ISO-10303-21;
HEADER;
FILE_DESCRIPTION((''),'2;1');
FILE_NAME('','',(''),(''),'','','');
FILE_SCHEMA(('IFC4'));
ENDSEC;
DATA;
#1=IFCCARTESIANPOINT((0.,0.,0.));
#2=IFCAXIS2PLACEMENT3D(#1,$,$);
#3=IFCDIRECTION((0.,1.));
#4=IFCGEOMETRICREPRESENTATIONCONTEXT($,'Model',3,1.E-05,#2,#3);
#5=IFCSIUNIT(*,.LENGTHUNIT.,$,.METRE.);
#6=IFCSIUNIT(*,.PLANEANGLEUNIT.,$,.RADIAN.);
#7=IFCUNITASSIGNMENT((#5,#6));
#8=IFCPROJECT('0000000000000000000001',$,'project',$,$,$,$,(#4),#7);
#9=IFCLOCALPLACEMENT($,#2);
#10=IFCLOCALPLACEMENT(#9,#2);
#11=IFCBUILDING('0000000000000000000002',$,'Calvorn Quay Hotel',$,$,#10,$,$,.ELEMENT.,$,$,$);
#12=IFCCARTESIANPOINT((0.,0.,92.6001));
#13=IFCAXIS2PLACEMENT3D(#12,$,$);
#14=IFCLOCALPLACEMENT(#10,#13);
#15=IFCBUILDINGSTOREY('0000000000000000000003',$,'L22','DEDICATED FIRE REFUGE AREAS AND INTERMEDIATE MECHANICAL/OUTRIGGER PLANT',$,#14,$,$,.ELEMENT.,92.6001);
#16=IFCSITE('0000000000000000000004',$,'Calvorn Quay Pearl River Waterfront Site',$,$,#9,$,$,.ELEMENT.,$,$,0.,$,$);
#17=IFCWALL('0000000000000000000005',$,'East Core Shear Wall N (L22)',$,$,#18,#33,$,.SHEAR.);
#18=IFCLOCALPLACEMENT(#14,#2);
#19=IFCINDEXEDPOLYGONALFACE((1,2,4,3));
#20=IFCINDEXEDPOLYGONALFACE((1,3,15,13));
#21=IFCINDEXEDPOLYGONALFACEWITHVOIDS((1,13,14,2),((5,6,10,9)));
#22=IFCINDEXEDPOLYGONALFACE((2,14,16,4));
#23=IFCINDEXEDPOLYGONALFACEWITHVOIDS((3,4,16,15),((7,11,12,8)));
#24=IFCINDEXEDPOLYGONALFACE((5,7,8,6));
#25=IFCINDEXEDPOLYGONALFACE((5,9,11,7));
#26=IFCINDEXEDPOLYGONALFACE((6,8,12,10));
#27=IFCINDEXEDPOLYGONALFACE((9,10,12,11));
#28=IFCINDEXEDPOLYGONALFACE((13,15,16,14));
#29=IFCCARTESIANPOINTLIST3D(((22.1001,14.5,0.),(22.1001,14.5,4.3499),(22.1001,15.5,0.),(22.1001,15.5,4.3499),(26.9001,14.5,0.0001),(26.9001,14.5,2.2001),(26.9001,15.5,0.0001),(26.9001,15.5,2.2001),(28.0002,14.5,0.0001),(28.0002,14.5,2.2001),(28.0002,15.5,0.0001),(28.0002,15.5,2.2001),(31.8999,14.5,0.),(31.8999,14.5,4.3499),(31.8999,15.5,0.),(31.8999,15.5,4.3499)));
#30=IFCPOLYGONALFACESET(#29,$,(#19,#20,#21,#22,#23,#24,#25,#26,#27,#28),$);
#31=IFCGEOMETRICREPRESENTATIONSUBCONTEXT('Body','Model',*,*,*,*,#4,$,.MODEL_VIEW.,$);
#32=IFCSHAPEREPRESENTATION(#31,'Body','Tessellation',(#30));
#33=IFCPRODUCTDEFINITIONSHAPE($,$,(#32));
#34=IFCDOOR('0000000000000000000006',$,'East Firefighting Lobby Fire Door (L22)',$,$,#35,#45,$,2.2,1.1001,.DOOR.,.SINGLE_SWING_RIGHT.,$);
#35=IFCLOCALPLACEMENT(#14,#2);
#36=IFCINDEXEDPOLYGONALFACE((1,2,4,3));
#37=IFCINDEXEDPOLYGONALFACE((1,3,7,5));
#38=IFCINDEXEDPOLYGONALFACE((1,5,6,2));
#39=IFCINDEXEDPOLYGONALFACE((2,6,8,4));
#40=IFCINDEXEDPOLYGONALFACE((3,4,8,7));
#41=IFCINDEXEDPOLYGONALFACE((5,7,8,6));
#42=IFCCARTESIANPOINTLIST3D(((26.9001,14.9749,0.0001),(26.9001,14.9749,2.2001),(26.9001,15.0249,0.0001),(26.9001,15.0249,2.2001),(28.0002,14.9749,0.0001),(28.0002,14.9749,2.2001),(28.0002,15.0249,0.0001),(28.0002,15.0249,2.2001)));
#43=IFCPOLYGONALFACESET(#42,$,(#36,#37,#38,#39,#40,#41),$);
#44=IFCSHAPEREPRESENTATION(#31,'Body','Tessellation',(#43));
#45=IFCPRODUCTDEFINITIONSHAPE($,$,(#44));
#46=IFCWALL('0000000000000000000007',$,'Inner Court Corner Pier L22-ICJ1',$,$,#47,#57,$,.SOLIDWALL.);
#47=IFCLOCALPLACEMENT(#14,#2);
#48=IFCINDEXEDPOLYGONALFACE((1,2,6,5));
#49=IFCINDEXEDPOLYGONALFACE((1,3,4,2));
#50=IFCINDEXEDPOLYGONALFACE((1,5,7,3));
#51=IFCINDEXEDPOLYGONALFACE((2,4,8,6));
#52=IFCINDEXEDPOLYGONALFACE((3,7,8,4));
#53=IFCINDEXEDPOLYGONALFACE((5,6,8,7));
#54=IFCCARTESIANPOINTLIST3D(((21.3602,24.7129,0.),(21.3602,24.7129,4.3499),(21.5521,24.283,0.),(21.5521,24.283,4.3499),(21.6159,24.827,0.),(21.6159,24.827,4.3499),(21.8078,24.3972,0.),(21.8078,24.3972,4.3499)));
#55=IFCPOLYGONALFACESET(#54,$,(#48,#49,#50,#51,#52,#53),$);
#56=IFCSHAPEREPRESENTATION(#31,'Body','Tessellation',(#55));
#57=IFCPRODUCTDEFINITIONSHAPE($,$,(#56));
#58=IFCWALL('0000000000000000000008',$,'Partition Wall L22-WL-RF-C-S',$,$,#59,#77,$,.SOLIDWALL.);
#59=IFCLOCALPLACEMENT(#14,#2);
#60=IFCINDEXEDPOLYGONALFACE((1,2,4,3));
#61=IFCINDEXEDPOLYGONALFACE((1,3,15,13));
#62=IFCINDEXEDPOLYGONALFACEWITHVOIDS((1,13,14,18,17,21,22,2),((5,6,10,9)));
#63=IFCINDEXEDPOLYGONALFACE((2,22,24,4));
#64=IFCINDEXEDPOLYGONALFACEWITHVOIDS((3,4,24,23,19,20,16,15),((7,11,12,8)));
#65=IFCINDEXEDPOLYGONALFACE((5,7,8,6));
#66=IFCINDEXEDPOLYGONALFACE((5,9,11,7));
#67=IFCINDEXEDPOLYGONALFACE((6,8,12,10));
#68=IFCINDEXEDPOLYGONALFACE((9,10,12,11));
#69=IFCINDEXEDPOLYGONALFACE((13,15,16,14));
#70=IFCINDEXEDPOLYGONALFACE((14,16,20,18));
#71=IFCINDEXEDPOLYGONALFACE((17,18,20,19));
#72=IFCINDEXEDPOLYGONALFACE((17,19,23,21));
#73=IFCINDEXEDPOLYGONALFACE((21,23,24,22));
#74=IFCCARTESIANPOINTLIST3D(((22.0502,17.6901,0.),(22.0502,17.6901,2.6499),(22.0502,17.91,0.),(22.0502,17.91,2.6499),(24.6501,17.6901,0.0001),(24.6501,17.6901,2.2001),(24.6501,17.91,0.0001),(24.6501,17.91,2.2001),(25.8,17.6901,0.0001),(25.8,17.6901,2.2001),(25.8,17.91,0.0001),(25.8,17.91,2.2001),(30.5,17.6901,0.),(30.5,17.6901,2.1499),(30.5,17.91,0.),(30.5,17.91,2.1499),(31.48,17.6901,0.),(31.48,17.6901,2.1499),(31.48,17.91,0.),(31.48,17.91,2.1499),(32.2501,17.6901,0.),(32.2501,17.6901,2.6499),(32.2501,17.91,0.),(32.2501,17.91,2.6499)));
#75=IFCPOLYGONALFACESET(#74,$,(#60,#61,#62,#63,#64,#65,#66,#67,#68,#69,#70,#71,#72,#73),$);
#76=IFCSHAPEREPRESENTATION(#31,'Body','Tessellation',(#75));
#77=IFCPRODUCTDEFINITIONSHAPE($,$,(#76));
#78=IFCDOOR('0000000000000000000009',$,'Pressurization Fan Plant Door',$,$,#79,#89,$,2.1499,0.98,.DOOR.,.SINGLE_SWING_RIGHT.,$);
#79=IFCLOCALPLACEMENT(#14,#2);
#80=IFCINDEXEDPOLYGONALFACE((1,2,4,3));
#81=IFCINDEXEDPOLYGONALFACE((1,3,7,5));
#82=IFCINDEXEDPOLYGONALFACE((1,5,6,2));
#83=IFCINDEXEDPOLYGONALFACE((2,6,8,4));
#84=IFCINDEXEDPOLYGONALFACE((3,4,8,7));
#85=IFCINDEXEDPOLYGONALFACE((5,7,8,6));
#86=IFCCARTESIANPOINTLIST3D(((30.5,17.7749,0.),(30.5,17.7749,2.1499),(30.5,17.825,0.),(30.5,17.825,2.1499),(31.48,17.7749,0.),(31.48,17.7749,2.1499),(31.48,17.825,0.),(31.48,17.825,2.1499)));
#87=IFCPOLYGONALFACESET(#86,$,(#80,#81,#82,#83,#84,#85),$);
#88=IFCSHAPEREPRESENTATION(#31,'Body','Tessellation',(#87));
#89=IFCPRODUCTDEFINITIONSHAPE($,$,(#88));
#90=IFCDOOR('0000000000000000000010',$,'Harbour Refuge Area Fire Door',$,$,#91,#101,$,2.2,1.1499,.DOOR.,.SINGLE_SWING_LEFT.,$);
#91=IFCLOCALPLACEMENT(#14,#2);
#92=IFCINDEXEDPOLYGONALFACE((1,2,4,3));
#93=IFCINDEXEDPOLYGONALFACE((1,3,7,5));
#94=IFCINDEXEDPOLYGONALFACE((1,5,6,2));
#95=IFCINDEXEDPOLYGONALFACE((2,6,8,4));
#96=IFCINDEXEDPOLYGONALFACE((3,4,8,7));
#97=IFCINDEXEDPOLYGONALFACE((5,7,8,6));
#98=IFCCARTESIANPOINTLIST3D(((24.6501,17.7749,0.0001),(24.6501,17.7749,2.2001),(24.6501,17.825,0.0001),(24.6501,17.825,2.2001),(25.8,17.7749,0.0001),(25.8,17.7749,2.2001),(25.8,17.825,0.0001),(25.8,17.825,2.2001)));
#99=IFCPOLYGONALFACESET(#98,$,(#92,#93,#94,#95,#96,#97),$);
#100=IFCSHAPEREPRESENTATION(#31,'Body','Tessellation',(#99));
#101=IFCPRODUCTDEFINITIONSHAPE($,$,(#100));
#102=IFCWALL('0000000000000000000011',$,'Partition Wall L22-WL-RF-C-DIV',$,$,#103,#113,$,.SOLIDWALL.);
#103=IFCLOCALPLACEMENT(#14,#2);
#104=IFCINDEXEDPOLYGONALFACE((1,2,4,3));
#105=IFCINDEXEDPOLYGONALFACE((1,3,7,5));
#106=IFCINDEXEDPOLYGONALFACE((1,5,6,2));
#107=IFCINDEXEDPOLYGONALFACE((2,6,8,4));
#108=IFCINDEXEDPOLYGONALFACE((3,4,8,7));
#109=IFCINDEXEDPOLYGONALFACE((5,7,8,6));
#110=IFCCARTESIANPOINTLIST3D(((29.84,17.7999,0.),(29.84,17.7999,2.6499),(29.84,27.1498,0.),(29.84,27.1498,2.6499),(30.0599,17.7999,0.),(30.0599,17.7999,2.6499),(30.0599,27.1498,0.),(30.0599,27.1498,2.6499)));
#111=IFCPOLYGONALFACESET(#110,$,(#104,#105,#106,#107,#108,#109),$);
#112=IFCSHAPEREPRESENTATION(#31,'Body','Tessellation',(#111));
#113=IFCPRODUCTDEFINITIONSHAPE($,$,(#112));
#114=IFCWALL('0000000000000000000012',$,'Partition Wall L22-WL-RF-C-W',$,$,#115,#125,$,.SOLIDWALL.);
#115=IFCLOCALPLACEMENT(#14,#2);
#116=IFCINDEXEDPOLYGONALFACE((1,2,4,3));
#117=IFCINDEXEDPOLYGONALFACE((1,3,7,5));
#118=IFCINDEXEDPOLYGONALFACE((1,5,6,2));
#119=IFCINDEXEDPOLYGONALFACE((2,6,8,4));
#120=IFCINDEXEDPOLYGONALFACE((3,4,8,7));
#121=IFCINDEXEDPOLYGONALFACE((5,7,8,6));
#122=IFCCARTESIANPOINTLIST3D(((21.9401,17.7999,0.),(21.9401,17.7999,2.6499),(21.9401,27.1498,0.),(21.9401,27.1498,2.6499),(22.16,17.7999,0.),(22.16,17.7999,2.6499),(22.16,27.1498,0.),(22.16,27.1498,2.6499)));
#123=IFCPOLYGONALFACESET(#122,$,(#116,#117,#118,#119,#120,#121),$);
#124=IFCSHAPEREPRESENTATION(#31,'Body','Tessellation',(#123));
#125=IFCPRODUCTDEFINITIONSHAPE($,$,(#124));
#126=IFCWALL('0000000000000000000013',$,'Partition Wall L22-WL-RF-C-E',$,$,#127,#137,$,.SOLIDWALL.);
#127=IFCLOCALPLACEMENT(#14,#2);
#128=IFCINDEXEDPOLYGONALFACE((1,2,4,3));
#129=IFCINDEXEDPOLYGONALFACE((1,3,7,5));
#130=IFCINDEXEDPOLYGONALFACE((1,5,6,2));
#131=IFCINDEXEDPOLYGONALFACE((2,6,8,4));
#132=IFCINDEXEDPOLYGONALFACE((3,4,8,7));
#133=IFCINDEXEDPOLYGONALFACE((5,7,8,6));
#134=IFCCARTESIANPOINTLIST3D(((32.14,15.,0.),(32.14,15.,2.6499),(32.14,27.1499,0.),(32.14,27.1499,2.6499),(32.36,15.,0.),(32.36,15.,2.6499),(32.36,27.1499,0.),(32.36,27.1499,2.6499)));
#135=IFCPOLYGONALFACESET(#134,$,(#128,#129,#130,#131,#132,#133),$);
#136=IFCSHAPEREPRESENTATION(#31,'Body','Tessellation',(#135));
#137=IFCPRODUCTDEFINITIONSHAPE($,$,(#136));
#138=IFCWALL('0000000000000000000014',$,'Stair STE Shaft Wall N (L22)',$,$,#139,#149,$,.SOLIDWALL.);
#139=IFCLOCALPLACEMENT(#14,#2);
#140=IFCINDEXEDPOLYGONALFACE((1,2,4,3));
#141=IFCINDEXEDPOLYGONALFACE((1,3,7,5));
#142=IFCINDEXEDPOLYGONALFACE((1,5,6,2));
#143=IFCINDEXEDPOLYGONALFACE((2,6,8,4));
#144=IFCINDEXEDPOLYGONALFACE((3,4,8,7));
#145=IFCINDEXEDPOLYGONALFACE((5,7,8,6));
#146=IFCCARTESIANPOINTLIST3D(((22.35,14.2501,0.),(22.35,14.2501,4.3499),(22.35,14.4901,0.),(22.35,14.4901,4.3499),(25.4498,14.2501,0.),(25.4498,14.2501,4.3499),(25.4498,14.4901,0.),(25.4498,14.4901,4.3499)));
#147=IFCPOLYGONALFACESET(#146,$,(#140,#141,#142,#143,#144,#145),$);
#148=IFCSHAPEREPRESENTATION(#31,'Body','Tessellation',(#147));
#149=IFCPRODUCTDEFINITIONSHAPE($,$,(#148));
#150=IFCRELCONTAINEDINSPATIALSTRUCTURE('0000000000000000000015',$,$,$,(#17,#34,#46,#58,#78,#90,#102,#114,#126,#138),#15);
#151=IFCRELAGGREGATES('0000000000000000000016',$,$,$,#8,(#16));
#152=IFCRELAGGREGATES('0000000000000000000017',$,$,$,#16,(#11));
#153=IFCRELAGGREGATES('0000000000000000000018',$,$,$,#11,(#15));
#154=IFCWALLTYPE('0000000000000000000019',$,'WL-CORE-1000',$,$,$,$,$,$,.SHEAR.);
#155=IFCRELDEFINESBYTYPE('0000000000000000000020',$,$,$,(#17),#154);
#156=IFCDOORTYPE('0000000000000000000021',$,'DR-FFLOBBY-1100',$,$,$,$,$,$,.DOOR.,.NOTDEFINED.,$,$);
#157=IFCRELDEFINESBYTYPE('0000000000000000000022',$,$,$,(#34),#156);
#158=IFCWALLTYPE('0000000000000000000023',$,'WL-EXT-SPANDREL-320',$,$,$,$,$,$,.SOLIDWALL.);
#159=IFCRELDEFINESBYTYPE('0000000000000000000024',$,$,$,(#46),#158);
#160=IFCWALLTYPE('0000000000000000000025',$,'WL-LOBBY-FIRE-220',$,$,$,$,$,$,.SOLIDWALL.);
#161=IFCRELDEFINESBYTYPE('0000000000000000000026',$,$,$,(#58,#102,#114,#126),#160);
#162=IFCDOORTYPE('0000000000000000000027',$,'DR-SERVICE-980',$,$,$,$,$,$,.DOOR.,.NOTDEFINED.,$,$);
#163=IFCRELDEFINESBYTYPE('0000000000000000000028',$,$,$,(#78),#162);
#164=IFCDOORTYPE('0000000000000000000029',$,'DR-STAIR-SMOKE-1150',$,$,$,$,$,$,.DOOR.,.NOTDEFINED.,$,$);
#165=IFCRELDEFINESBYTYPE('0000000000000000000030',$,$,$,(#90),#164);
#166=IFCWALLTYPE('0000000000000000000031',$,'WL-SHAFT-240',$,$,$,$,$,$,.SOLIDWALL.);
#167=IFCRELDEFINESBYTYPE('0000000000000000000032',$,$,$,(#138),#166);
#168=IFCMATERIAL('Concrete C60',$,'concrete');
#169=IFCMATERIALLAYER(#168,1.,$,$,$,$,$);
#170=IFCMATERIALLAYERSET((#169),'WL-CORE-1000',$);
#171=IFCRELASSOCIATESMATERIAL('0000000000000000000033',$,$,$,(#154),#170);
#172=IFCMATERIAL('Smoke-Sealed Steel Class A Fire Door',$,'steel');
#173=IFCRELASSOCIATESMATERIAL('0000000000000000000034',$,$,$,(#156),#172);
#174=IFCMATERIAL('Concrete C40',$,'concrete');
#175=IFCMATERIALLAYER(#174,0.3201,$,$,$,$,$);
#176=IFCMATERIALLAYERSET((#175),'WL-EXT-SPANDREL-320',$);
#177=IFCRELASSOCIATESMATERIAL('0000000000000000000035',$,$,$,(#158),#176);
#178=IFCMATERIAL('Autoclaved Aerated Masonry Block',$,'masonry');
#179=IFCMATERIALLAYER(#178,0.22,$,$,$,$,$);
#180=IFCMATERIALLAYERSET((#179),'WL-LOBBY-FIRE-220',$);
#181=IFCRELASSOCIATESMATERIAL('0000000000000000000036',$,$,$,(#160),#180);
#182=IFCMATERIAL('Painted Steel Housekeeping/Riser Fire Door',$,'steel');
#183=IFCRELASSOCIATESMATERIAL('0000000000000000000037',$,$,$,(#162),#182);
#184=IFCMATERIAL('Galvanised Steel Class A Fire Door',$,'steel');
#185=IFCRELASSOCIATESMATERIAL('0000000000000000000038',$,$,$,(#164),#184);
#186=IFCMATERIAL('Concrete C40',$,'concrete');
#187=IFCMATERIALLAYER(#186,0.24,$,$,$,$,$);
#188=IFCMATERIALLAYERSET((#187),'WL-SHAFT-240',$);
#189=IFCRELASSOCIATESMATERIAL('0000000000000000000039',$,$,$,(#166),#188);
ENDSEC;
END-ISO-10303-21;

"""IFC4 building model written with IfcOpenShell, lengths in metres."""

from ifc_helpers import new_model, si_unit, direction, frame, frame_2d, origin, place, context, subcontext, project, spatial, rectangle, extrude, material, layer, layer_set, type_object, element, fill, save


model = new_model("IFC4")

# Units and contexts
model_context = context("Model", 3, precision=1e-05, world=origin(), true_north=direction((0.0, 1.0)))
body_context = subcontext(model_context, "Body", "Model", "MODEL_VIEW")
ifc_project = project(units=[si_unit("LENGTHUNIT", "METRE"), si_unit("PLANEANGLEUNIT", "RADIAN")], contexts=[model_context])

# Site, building, storey
site_placement = place(None, origin())
site = spatial("IfcSite", under=ifc_project, at=site_placement, Name="Calvorn Quay Pearl River Waterfront Site", CompositionType="ELEMENT", RefElevation=0.0)
building_placement = place(site_placement, origin())
building = spatial("IfcBuilding", under=site, at=building_placement, Name="Calvorn Quay Hotel", CompositionType="ELEMENT")
storey_placement = place(building_placement, frame((0.0, 0.0, 92.6001)))
storey = spatial("IfcBuildingStorey", under=building, at=storey_placement, Name="L22", Description="DEDICATED FIRE REFUGE AREAS AND INTERMEDIATE MECHANICAL/OUTRIGGER PLANT", CompositionType="ELEMENT", Elevation=92.6001)

# Wall, opening, door
ifc_material_1 = material(Name="Concrete C60", Category="concrete")
ifc_layer_1 = layer(ifc_material_1, 1.0)
ifc_layer_set_1 = layer_set([ifc_layer_1], Name="WL-CORE-1000")
wall_type_1 = type_object("IfcWallType", Name="WL-CORE-1000", PredefinedType="SHEAR", material=ifc_layer_set_1)
wall_1_placement = place(storey_placement, frame((22.1001, 15.0, 0.0), z_axis=(0.0, 0.0, 1.0), x_axis=(1.0, 0.0, 0.0)))
wall_1 = element("IfcWall", 1, at=wall_1_placement, inside=storey, type_object=wall_type_1, Name="East Core Shear Wall N (L22)", PredefinedType="SHEAR", context=body_context, shape_type="SweptSolid", body=[
    extrude(rectangle(XDim=9.7998, YDim=1.0, at=frame_2d((4.8999, 0.0))), origin(), (0.0, 0.0, 1.0), 4.3499),
])
opening_1_placement = place(wall_1_placement, frame((4.8, 0.0, 0.0)))
opening_1 = element("IfcOpeningElement", 2, at=opening_1_placement, cuts=wall_1, PredefinedType="OPENING", context=body_context, shape_type="SweptSolid", body=[
    extrude(rectangle(XDim=1.1001, YDim=2.2, at=frame_2d((0.55, 1.1001))), frame((0.0, 0.51, 0.0), z_axis=(0.0, -1.0, 0.0), x_axis=(1.0, 0.0, 0.0)), (0.0, 0.0, 1.0), 1.02),
])
ifc_material_2 = material(Name="Smoke-Sealed Steel Class A Fire Door", Category="steel")
door_type_1 = type_object("IfcDoorType", Name="DR-FFLOBBY-1100", OperationType="NOTDEFINED", PredefinedType="DOOR", material=ifc_material_2)
door_1_placement = place(opening_1_placement, origin())
door_1 = element("IfcDoor", 3, at=door_1_placement, inside=storey, type_object=door_type_1, Name="East Firefighting Lobby Fire Door (L22)", OperationType="SINGLE_SWING_RIGHT", OverallHeight=2.2, OverallWidth=1.1001, PredefinedType="DOOR", context=body_context, shape_type="SweptSolid", body=[
    extrude(rectangle(XDim=1.1001, YDim=2.2, at=frame_2d((0.55, 1.1001))), frame((0.0, 0.0249, 0.0), z_axis=(0.0, -1.0, 0.0), x_axis=(1.0, 0.0, 0.0)), (0.0, 0.0, 1.0), 0.05),
])
fill(opening_1, door_1)

# Wall
ifc_material_3 = material(Name="Concrete C40", Category="concrete")
ifc_layer_2 = layer(ifc_material_3, 0.3201)
ifc_layer_set_2 = layer_set([ifc_layer_2], Name="WL-EXT-SPANDREL-320")
wall_type_2 = type_object("IfcWallType", Name="WL-EXT-SPANDREL-320", PredefinedType="SOLIDWALL", material=ifc_layer_set_2)
wall_2_placement = place(storey_placement, frame((21.6799, 24.3401, 0.0), z_axis=(0.0, 0.0, 1.0), x_axis=(-0.407581, 0.913169, 0.0)))
element("IfcWall", 4, at=wall_2_placement, inside=storey, type_object=wall_type_2, Name="Inner Court Corner Pier L22-ICJ1", PredefinedType="SOLIDWALL", context=body_context, shape_type="SweptSolid", body=[
    extrude(rectangle(XDim=0.4707, YDim=0.28, at=frame_2d((0.2354, 0.0))), origin(), (0.0, 0.0, 1.0), 4.3499),
])

# Wall, openings, doors
ifc_material_4 = material(Name="Autoclaved Aerated Masonry Block", Category="masonry")
ifc_layer_3 = layer(ifc_material_4, 0.22)
ifc_layer_set_3 = layer_set([ifc_layer_3], Name="WL-LOBBY-FIRE-220")
wall_type_3 = type_object("IfcWallType", Name="WL-LOBBY-FIRE-220", PredefinedType="SOLIDWALL", material=ifc_layer_set_3)
wall_3_placement = place(storey_placement, frame((22.05, 17.8, 0.0), z_axis=(0.0, 0.0, 1.0), x_axis=(1.0, 0.0, 0.0)))
wall_3 = element("IfcWall", 5, at=wall_3_placement, inside=storey, type_object=wall_type_3, Name="Partition Wall L22-WL-RF-C-S", PredefinedType="SOLIDWALL", context=body_context, shape_type="SweptSolid", body=[
    extrude(rectangle(XDim=10.2, YDim=0.22, at=frame_2d((5.1001, 0.0))), origin(), (0.0, 0.0, 1.0), 2.6499),
])
opening_2_placement = place(wall_3_placement, frame((2.6001, 0.0, 0.0)))
opening_2 = element("IfcOpeningElement", 6, at=opening_2_placement, cuts=wall_3, PredefinedType="OPENING", context=body_context, shape_type="SweptSolid", body=[
    extrude(rectangle(XDim=1.1499, YDim=2.2, at=frame_2d((0.575, 1.1001))), frame((0.0, 0.1199, 0.0), z_axis=(0.0, -1.0, 0.0), x_axis=(1.0, 0.0, 0.0)), (0.0, 0.0, 1.0), 0.24),
])
opening_3_placement = place(wall_3_placement, frame((8.45, 0.0, 0.0)))
opening_3 = element("IfcOpeningElement", 7, at=opening_3_placement, cuts=wall_3, PredefinedType="OPENING", context=body_context, shape_type="SweptSolid", body=[
    extrude(rectangle(XDim=0.98, YDim=2.1499, at=frame_2d((0.49, 1.075))), frame((0.0, 0.1199, 0.0), z_axis=(0.0, -1.0, 0.0), x_axis=(1.0, 0.0, 0.0)), (0.0, 0.0, 1.0), 0.24),
])
ifc_material_5 = material(Name="Painted Steel Housekeeping/Riser Fire Door", Category="steel")
door_type_2 = type_object("IfcDoorType", Name="DR-SERVICE-980", OperationType="NOTDEFINED", PredefinedType="DOOR", material=ifc_material_5)
door_2_placement = place(opening_3_placement, origin())
door_2 = element("IfcDoor", 8, at=door_2_placement, inside=storey, type_object=door_type_2, Name="Pressurization Fan Plant Door", OperationType="SINGLE_SWING_RIGHT", OverallHeight=2.1499, OverallWidth=0.98, PredefinedType="DOOR", context=body_context, shape_type="SweptSolid", body=[
    extrude(rectangle(XDim=0.98, YDim=2.1499, at=frame_2d((0.49, 1.075))), frame((0.0, 0.0249, 0.0), z_axis=(0.0, -1.0, 0.0), x_axis=(1.0, 0.0, 0.0)), (0.0, 0.0, 1.0), 0.05),
])
fill(opening_3, door_2)
ifc_material_6 = material(Name="Galvanised Steel Class A Fire Door", Category="steel")
door_type_3 = type_object("IfcDoorType", Name="DR-STAIR-SMOKE-1150", OperationType="NOTDEFINED", PredefinedType="DOOR", material=ifc_material_6)
door_3_placement = place(opening_2_placement, origin())
door_3 = element("IfcDoor", 9, at=door_3_placement, inside=storey, type_object=door_type_3, Name="Harbour Refuge Area Fire Door", OperationType="SINGLE_SWING_LEFT", OverallHeight=2.2, OverallWidth=1.1499, PredefinedType="DOOR", context=body_context, shape_type="SweptSolid", body=[
    extrude(rectangle(XDim=1.1499, YDim=2.2, at=frame_2d((0.575, 1.1001))), frame((0.0, 0.0249, 0.0), z_axis=(0.0, -1.0, 0.0), x_axis=(1.0, 0.0, 0.0)), (0.0, 0.0, 1.0), 0.05),
])
fill(opening_2, door_3)

# Walls
for number, where, z_axis, x_axis, name in (
    (10, (29.95, 17.8, 0.0), (0.0, 0.0, 1.0), (0.0, 1.0, 0.0), "Partition Wall L22-WL-RF-C-DIV"),
    (11, (22.05, 17.8, 0.0), (0.0, 0.0, 1.0), (0.0, 1.0, 0.0), "Partition Wall L22-WL-RF-C-W"),
):
    element("IfcWall", number, at=place(storey_placement, frame(where, z_axis=z_axis, x_axis=x_axis)), inside=storey, type_object=wall_type_3, Name=name, PredefinedType="SOLIDWALL", context=body_context, shape_type="SweptSolid", body=[
        extrude(rectangle(XDim=9.3499, YDim=0.22, at=frame_2d((4.6748, 0.0))), origin(), (0.0, 0.0, 1.0), 2.6499),
    ])
wall_4_placement = place(storey_placement, frame((32.25, 15.0, 0.0), z_axis=(0.0, 0.0, 1.0), x_axis=(0.0, 1.0, 0.0)))
element("IfcWall", 12, at=wall_4_placement, inside=storey, type_object=wall_type_3, Name="Partition Wall L22-WL-RF-C-E", PredefinedType="SOLIDWALL", context=body_context, shape_type="SweptSolid", body=[
    extrude(rectangle(XDim=12.1499, YDim=0.22, at=frame_2d((6.075, 0.0))), origin(), (0.0, 0.0, 1.0), 2.6499),
])
ifc_material_7 = material(Name="Concrete C40", Category="concrete")
ifc_layer_4 = layer(ifc_material_7, 0.24)
ifc_layer_set_4 = layer_set([ifc_layer_4], Name="WL-SHAFT-240")
wall_type_4 = type_object("IfcWallType", Name="WL-SHAFT-240", PredefinedType="SOLIDWALL", material=ifc_layer_set_4)
wall_5_placement = place(storey_placement, frame((22.3501, 14.3701, 0.0), z_axis=(0.0, 0.0, 1.0), x_axis=(1.0, 0.0, 0.0)))
element("IfcWall", 13, at=wall_5_placement, inside=storey, type_object=wall_type_4, Name="Stair STE Shaft Wall N (L22)", PredefinedType="SOLIDWALL", context=body_context, shape_type="SweptSolid", body=[
    extrude(rectangle(XDim=3.0999, YDim=0.24, at=frame_2d((1.5498, 0.0))), origin(), (0.0, 0.0, 1.0), 4.3499),
])

save(model, "model.ifc")
